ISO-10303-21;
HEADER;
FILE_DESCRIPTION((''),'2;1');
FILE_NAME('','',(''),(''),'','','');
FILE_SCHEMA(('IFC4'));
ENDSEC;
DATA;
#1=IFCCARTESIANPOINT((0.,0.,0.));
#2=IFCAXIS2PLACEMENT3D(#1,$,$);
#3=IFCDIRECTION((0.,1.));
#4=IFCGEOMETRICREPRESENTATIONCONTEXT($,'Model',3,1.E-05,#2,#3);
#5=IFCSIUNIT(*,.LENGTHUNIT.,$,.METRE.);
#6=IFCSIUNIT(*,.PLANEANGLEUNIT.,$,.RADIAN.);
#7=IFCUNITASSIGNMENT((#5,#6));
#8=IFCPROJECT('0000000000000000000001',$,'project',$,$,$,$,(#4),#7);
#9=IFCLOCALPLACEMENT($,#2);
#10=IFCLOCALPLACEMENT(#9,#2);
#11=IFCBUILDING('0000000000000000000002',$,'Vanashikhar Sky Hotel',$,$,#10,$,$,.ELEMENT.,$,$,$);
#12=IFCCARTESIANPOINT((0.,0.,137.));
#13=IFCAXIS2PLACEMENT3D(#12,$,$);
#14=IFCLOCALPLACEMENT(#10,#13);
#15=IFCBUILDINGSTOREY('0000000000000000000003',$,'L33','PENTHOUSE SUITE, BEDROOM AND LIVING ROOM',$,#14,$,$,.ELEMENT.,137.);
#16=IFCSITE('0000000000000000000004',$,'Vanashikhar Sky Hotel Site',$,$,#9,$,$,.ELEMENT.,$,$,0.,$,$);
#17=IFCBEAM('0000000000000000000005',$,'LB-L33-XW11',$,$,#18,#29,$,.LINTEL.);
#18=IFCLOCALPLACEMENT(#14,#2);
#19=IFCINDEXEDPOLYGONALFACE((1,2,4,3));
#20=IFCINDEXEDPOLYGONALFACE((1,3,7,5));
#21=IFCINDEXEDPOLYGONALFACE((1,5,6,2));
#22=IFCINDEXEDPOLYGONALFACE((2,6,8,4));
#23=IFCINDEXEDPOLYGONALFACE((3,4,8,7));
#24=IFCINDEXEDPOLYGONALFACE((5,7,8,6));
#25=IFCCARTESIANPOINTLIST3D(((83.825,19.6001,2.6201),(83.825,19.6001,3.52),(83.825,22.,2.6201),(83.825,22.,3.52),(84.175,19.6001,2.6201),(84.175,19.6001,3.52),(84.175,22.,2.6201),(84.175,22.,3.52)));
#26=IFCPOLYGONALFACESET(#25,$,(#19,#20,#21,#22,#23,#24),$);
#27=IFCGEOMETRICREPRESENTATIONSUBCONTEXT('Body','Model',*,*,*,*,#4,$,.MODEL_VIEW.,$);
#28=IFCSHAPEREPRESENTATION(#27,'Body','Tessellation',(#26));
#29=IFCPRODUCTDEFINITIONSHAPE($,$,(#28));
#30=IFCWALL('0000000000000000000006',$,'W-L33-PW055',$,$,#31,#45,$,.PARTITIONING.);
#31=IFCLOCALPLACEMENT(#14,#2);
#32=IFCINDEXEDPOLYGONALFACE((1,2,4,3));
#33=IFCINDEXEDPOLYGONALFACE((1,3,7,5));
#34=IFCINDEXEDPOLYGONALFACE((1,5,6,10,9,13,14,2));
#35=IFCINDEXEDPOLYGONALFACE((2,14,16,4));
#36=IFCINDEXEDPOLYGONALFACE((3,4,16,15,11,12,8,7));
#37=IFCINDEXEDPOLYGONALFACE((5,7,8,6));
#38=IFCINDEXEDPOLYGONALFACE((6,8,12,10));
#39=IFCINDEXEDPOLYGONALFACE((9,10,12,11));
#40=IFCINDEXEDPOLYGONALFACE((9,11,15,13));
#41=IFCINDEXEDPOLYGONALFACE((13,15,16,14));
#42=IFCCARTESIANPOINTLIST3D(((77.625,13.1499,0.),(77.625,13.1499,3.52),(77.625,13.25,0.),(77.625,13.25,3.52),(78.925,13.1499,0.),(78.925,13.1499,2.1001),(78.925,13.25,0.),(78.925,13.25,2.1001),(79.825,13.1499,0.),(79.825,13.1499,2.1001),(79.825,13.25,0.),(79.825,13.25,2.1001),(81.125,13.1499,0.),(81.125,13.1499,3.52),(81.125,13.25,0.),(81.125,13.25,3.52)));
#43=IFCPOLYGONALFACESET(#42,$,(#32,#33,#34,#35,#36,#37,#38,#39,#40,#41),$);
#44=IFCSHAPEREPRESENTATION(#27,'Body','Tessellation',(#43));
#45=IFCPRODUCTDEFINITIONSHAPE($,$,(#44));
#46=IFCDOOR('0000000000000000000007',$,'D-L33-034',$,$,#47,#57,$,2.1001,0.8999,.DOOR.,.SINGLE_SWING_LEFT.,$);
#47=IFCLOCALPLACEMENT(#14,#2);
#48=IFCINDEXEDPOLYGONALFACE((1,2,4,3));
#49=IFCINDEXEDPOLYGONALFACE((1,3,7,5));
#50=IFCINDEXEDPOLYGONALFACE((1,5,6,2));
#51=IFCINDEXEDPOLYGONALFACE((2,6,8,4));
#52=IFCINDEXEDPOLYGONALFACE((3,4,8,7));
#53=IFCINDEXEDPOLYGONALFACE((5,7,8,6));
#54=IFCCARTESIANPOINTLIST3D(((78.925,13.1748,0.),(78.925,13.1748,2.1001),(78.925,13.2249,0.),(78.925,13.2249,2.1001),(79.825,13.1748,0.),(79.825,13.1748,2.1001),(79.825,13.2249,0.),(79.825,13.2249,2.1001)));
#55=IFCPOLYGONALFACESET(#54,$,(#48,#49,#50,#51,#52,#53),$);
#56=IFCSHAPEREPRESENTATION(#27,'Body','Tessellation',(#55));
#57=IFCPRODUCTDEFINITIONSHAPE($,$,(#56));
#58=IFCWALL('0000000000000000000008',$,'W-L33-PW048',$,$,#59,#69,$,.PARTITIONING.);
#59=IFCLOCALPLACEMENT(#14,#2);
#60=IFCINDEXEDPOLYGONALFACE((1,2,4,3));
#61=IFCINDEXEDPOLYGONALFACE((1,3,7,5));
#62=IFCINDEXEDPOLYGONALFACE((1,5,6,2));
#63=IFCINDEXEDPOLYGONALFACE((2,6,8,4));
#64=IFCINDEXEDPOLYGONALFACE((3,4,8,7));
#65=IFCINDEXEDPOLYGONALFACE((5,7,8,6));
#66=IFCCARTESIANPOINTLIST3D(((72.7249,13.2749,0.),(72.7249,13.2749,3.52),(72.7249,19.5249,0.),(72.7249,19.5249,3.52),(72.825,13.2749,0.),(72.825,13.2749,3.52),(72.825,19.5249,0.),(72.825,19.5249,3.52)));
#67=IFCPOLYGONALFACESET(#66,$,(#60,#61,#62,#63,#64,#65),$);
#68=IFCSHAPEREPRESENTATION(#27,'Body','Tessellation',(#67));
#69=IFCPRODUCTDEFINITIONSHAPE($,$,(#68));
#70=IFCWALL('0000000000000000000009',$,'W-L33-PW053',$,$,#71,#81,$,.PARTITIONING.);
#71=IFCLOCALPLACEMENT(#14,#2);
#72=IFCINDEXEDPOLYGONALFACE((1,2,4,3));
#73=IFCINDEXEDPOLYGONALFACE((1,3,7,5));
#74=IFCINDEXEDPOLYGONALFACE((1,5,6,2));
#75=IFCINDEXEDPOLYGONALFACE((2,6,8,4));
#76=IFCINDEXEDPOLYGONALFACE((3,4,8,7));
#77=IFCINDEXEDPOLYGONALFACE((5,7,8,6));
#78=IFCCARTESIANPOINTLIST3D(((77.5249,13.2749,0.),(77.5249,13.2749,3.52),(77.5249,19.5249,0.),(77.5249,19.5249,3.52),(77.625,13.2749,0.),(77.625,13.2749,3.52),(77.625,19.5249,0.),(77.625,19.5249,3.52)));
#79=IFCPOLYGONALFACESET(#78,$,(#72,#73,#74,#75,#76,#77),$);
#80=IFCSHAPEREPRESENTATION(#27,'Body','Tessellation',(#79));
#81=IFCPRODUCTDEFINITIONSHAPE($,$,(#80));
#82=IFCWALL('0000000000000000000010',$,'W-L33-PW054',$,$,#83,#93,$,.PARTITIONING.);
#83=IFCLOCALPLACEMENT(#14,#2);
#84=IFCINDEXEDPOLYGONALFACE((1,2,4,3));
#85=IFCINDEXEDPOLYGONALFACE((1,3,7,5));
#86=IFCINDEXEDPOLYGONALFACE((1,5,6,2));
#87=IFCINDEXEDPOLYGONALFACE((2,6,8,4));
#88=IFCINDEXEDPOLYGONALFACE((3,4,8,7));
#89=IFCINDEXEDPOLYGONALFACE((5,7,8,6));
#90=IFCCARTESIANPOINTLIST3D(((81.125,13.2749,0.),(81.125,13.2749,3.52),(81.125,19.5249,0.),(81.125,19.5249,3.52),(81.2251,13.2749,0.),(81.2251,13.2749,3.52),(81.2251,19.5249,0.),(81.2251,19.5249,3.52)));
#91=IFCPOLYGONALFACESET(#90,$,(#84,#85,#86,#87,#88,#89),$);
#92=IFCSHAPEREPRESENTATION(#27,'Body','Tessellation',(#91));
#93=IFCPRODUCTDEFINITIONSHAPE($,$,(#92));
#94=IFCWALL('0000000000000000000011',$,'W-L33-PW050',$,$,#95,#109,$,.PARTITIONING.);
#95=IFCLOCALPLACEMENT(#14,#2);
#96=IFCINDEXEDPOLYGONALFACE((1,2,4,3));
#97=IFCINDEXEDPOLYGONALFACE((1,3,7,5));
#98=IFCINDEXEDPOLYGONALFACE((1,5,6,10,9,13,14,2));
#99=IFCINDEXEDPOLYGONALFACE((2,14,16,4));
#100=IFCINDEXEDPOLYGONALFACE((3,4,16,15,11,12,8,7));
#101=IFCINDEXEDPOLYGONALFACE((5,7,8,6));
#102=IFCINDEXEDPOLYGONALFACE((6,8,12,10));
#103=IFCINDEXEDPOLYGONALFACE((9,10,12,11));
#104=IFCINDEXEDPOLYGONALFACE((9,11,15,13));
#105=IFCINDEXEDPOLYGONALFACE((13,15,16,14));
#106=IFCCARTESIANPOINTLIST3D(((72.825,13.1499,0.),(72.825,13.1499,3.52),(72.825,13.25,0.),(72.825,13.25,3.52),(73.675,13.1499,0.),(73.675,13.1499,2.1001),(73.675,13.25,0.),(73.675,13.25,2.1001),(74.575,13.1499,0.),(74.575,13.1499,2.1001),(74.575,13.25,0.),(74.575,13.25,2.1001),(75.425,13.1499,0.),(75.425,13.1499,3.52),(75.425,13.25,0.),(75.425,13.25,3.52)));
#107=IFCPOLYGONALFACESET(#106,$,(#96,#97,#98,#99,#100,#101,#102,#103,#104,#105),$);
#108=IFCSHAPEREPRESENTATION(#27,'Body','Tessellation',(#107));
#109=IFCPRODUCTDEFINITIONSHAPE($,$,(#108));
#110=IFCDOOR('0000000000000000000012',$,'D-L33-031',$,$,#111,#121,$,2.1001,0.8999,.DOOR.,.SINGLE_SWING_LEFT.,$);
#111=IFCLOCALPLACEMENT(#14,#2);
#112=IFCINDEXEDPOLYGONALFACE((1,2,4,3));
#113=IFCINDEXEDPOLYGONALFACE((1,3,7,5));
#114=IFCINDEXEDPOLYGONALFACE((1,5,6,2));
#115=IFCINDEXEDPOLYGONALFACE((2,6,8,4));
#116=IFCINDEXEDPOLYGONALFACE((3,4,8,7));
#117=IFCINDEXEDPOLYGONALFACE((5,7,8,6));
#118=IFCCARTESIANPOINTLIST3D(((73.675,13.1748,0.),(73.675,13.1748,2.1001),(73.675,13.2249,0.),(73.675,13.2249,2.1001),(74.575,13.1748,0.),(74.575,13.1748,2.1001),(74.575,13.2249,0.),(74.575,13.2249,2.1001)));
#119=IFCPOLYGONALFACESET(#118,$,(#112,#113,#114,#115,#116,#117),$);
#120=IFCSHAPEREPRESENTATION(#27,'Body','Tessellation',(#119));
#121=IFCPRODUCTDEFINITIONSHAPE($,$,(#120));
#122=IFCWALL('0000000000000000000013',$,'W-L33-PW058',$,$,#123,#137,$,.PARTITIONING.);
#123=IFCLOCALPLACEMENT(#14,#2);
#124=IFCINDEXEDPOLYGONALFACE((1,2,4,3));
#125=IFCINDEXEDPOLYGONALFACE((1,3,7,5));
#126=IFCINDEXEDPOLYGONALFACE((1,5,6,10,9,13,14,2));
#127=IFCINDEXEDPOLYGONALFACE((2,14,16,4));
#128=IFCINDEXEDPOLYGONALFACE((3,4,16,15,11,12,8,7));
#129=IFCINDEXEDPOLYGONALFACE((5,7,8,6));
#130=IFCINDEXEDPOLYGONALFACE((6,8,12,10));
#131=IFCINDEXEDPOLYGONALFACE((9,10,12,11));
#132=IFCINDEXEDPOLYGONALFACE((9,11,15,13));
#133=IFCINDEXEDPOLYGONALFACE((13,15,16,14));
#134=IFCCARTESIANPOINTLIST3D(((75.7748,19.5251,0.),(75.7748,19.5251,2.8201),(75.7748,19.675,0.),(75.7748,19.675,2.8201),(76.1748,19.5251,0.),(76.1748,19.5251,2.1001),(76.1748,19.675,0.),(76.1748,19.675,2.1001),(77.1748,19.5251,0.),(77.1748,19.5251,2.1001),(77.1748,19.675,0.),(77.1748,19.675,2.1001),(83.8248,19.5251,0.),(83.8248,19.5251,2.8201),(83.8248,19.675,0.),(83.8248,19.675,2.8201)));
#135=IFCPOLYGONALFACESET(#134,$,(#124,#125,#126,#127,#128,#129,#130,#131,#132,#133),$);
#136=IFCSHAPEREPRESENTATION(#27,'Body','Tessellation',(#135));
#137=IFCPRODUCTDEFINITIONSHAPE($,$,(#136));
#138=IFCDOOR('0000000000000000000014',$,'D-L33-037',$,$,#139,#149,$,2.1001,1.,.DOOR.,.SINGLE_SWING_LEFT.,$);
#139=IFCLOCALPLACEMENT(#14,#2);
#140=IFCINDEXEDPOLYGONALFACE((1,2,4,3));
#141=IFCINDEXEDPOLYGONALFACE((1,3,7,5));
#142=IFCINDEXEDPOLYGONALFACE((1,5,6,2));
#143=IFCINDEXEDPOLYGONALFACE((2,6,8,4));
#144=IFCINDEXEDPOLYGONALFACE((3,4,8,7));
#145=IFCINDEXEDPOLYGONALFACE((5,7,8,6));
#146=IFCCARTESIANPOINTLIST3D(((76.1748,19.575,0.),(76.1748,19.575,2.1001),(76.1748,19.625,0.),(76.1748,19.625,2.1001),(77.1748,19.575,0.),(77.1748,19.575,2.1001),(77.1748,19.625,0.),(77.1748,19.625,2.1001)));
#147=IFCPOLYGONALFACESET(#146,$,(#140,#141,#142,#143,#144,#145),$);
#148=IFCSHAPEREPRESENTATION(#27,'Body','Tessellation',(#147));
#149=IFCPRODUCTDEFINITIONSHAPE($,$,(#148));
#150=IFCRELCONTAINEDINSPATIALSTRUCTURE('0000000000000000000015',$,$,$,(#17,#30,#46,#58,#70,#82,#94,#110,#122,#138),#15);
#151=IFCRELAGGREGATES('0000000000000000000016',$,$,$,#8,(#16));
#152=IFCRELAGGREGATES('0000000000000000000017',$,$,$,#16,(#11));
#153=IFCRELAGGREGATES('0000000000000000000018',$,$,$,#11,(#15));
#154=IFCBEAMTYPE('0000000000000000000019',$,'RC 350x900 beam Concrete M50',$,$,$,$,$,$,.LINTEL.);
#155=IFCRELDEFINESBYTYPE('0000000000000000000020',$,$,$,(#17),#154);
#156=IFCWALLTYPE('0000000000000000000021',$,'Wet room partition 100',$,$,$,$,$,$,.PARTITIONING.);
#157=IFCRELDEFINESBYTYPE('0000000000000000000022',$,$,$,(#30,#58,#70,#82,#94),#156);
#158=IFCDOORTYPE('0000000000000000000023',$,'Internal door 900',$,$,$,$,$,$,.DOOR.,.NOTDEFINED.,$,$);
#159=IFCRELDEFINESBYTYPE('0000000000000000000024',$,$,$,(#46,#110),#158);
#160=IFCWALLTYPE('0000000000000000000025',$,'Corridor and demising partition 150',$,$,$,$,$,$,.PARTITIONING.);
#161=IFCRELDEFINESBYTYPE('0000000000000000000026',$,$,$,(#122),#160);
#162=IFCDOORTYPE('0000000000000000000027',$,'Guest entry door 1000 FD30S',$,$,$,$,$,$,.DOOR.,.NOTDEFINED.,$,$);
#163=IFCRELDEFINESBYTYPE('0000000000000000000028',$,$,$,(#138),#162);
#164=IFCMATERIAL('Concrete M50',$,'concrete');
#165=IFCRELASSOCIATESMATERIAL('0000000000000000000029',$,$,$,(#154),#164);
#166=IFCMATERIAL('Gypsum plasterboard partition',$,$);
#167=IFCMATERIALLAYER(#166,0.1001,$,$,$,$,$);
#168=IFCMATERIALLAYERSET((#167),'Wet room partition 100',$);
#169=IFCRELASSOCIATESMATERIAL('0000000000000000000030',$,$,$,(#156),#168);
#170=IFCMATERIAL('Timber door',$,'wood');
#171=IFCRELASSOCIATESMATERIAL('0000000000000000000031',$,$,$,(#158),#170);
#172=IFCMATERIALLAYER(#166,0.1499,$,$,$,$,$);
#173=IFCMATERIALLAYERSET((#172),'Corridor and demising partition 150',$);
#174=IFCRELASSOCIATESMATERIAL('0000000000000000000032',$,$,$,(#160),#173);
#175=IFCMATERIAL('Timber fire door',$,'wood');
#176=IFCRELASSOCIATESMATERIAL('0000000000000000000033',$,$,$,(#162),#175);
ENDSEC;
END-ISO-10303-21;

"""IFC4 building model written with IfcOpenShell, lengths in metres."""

from ifc_helpers import new_model, si_unit, direction, frame, frame_2d, origin, origin_2d, place, context, subcontext, project, spatial, rectangle, extrude, source, transform, mapped, material, layer, layer_set, material_profile, profile_set, type_object, element, fill, save


model = new_model("IFC4")

# Units and contexts
model_context = context("Model", 3, precision=1e-05, world=origin(), true_north=direction((0.0, 1.0)))
body_context = subcontext(model_context, "Body", "Model", "MODEL_VIEW")
ifc_project = project(units=[si_unit("LENGTHUNIT", "METRE"), si_unit("PLANEANGLEUNIT", "RADIAN")], contexts=[model_context])

# Site, building, storey
site_placement = place(None, origin())
site = spatial("IfcSite", under=ifc_project, at=site_placement, Name="Vanashikhar Sky Hotel Site", CompositionType="ELEMENT", RefElevation=0.0)
building_placement = place(site_placement, origin())
building = spatial("IfcBuilding", under=site, at=building_placement, Name="Vanashikhar Sky Hotel", CompositionType="ELEMENT")
storey_placement = place(building_placement, frame((0.0, 0.0, 137.0)))
storey = spatial("IfcBuildingStorey", under=building, at=storey_placement, Name="L33", Description="PENTHOUSE SUITE, BEDROOM AND LIVING ROOM", CompositionType="ELEMENT", Elevation=137.0)

# Beam
ifc_material_1 = material(Name="Concrete M50", Category="concrete")
ifc_material_profile = material_profile(ifc_material_1, rectangle(XDim=0.3501, YDim=0.8999, at=origin_2d()))
ifc_profile_set = profile_set([ifc_material_profile], Name="RC 350x900 beam Concrete M50")
beam_type = type_object("IfcBeamType", Name="RC 350x900 beam Concrete M50", PredefinedType="LINTEL", material=ifc_profile_set)
shared_shape_1 = source(origin(), body_context, "Body", "SweptSolid", [
    extrude(rectangle(XDim=0.3501, YDim=0.8999, at=origin_2d()), origin(), (0.0, 0.0, 1.0), 2.3999),
])
beam_placement = place(storey_placement, frame((84.0, 19.6001, 3.0701), z_axis=(0.0, 1.0, 0.0), x_axis=(-1.0, 0.0, 0.0)))
element("IfcBeam", 1, at=beam_placement, inside=storey, type_object=beam_type, Name="LB-L33-XW11", PredefinedType="LINTEL", context=body_context, shape_type="MappedRepresentation", body=[
    mapped(shared_shape_1, transform((0.0, 0.0, 0.0), scale=1.0)),
])

# Wall, opening, door
ifc_material_2 = material(Name="Gypsum plasterboard partition")
ifc_layer_1 = layer(ifc_material_2, 0.1001)
ifc_layer_set_1 = layer_set([ifc_layer_1], Name="Wet room partition 100")
wall_type_1 = type_object("IfcWallType", Name="Wet room partition 100", PredefinedType="PARTITIONING", material=ifc_layer_set_1)
shared_shape_2 = source(origin(), body_context, "Body", "SweptSolid", [
    extrude(rectangle(XDim=3.5, YDim=0.1001, at=frame_2d((1.75, 0.0))), origin(), (0.0, 0.0, 1.0), 3.52),
])
wall_1_placement = place(storey_placement, frame((77.625, 13.2, 0.0), z_axis=(0.0, 0.0, 1.0), x_axis=(1.0, 0.0, 0.0)))
wall_1 = element("IfcWall", 2, at=wall_1_placement, inside=storey, type_object=wall_type_1, Name="W-L33-PW055", PredefinedType="PARTITIONING", context=body_context, shape_type="MappedRepresentation", body=[
    mapped(shared_shape_2, transform((0.0, 0.0, 0.0), scale=1.0)),
])
shared_shape_3 = source(origin(), body_context, "Body", "SweptSolid", [
    extrude(rectangle(XDim=0.8999, YDim=2.1001, at=frame_2d((0.45, 1.05))), frame((0.0, 0.0601, 0.0), z_axis=(0.0, -1.0, 0.0), x_axis=(1.0, 0.0, 0.0)), (0.0, 0.0, 1.0), 0.1201),
])
opening_1_placement = place(wall_1_placement, frame((1.3, 0.0, 0.0)))
opening_1 = element("IfcOpeningElement", 3, at=opening_1_placement, cuts=wall_1, PredefinedType="OPENING", context=body_context, shape_type="MappedRepresentation", body=[
    mapped(shared_shape_3, transform((0.0, 0.0, 0.0), scale=1.0)),
])
ifc_material_3 = material(Name="Timber door", Category="wood")
door_type_1 = type_object("IfcDoorType", Name="Internal door 900", OperationType="NOTDEFINED", PredefinedType="DOOR", material=ifc_material_3)
shared_shape_4 = source(origin(), body_context, "Body", "SweptSolid", [
    extrude(rectangle(XDim=0.8999, YDim=2.1001, at=frame_2d((0.45, 1.05))), frame((0.0, 0.0249, 0.0), z_axis=(0.0, -1.0, 0.0), x_axis=(1.0, 0.0, 0.0)), (0.0, 0.0, 1.0), 0.05),
])
door_1_placement = place(opening_1_placement, origin())
door_1 = element("IfcDoor", 4, at=door_1_placement, inside=storey, type_object=door_type_1, Name="D-L33-034", OperationType="SINGLE_SWING_LEFT", OverallHeight=2.1001, OverallWidth=0.8999, PredefinedType="DOOR", context=body_context, shape_type="MappedRepresentation", body=[
    mapped(shared_shape_4, transform((0.0, 0.0, 0.0), scale=1.0)),
])
fill(opening_1, door_1)

# Walls
shared_shape_5 = source(origin(), body_context, "Body", "SweptSolid", [
    extrude(rectangle(XDim=6.25, YDim=0.1001, at=frame_2d((3.125, 0.0))), origin(), (0.0, 0.0, 1.0), 3.52),
])
for number, where, z_axis, x_axis, name in (
    (5, (72.7749, 13.2749, 0.0), (0.0, 0.0, 1.0), (0.0, 1.0, 0.0), "W-L33-PW048"),
    (6, (77.575, 13.2749, 0.0), (0.0, 0.0, 1.0), (0.0, 1.0, 0.0), "W-L33-PW053"),
    (7, (81.175, 13.2749, 0.0), (0.0, 0.0, 1.0), (0.0, 1.0, 0.0), "W-L33-PW054"),
):
    element("IfcWall", number, at=place(storey_placement, frame(where, z_axis=z_axis, x_axis=x_axis)), inside=storey, type_object=wall_type_1, Name=name, PredefinedType="PARTITIONING", context=body_context, shape_type="MappedRepresentation", body=[
        mapped(shared_shape_5, transform((0.0, 0.0, 0.0), scale=1.0)),
    ])

# Walls, openings, doors
shared_shape_6 = source(origin(), body_context, "Body", "SweptSolid", [
    extrude(rectangle(XDim=2.6001, YDim=0.1001, at=frame_2d((1.3, 0.0))), origin(), (0.0, 0.0, 1.0), 3.52),
])
wall_2_placement = place(storey_placement, frame((72.825, 13.2, 0.0), z_axis=(0.0, 0.0, 1.0), x_axis=(1.0, 0.0, 0.0)))
wall_2 = element("IfcWall", 8, at=wall_2_placement, inside=storey, type_object=wall_type_1, Name="W-L33-PW050", PredefinedType="PARTITIONING", context=body_context, shape_type="MappedRepresentation", body=[
    mapped(shared_shape_6, transform((0.0, 0.0, 0.0), scale=1.0)),
])
opening_2_placement = place(wall_2_placement, frame((0.8501, 0.0, 0.0)))
opening_2 = element("IfcOpeningElement", 9, at=opening_2_placement, cuts=wall_2, PredefinedType="OPENING", context=body_context, shape_type="MappedRepresentation", body=[
    mapped(shared_shape_3, transform((0.0, 0.0, 0.0), scale=1.0)),
])
door_2_placement = place(opening_2_placement, origin())
door_2 = element("IfcDoor", 10, at=door_2_placement, inside=storey, type_object=door_type_1, Name="D-L33-031", OperationType="SINGLE_SWING_LEFT", OverallHeight=2.1001, OverallWidth=0.8999, PredefinedType="DOOR", context=body_context, shape_type="MappedRepresentation", body=[
    mapped(shared_shape_4, transform((0.0, 0.0, 0.0), scale=1.0)),
])
fill(opening_2, door_2)
ifc_layer_2 = layer(ifc_material_2, 0.1499)
ifc_layer_set_2 = layer_set([ifc_layer_2], Name="Corridor and demising partition 150")
wall_type_2 = type_object("IfcWallType", Name="Corridor and demising partition 150", PredefinedType="PARTITIONING", material=ifc_layer_set_2)
shared_shape_7 = source(origin(), body_context, "Body", "SweptSolid", [
    extrude(rectangle(XDim=8.05, YDim=0.1499, at=frame_2d((4.0249, 0.0))), origin(), (0.0, 0.0, 1.0), 2.8201),
])
wall_3_placement = place(storey_placement, frame((75.7749, 19.6001, 0.0), z_axis=(0.0, 0.0, 1.0), x_axis=(1.0, 0.0, 0.0)))
wall_3 = element("IfcWall", 11, at=wall_3_placement, inside=storey, type_object=wall_type_2, Name="W-L33-PW058", PredefinedType="PARTITIONING", context=body_context, shape_type="MappedRepresentation", body=[
    mapped(shared_shape_7, transform((0.0, 0.0, 0.0), scale=1.0)),
])
shared_shape_8 = source(origin(), body_context, "Body", "SweptSolid", [
    extrude(rectangle(XDim=1.0, YDim=2.1001, at=frame_2d((0.5, 1.05))), frame((0.0, 0.085, 0.0), z_axis=(0.0, -1.0, 0.0), x_axis=(1.0, 0.0, 0.0)), (0.0, 0.0, 1.0), 0.1699),
])
opening_3_placement = place(wall_3_placement, frame((0.3999, 0.0, 0.0)))
opening_3 = element("IfcOpeningElement", 12, at=opening_3_placement, cuts=wall_3, PredefinedType="OPENING", context=body_context, shape_type="MappedRepresentation", body=[
    mapped(shared_shape_8, transform((0.0, 0.0, 0.0), scale=1.0)),
])
ifc_material_4 = material(Name="Timber fire door", Category="wood")
door_type_2 = type_object("IfcDoorType", Name="Guest entry door 1000 FD30S", OperationType="NOTDEFINED", PredefinedType="DOOR", material=ifc_material_4)
shared_shape_9 = source(origin(), body_context, "Body", "SweptSolid", [
    extrude(rectangle(XDim=1.0, YDim=2.1001, at=frame_2d((0.5, 1.05))), frame((0.0, 0.0249, 0.0), z_axis=(0.0, -1.0, 0.0), x_axis=(1.0, 0.0, 0.0)), (0.0, 0.0, 1.0), 0.05),
])
door_3_placement = place(opening_3_placement, origin())
door_3 = element("IfcDoor", 13, at=door_3_placement, inside=storey, type_object=door_type_2, Name="D-L33-037", OperationType="SINGLE_SWING_LEFT", OverallHeight=2.1001, OverallWidth=1.0, PredefinedType="DOOR", context=body_context, shape_type="MappedRepresentation", body=[
    mapped(shared_shape_9, transform((0.0, 0.0, 0.0), scale=1.0)),
])
fill(opening_3, door_3)

save(model, "model.ifc")
